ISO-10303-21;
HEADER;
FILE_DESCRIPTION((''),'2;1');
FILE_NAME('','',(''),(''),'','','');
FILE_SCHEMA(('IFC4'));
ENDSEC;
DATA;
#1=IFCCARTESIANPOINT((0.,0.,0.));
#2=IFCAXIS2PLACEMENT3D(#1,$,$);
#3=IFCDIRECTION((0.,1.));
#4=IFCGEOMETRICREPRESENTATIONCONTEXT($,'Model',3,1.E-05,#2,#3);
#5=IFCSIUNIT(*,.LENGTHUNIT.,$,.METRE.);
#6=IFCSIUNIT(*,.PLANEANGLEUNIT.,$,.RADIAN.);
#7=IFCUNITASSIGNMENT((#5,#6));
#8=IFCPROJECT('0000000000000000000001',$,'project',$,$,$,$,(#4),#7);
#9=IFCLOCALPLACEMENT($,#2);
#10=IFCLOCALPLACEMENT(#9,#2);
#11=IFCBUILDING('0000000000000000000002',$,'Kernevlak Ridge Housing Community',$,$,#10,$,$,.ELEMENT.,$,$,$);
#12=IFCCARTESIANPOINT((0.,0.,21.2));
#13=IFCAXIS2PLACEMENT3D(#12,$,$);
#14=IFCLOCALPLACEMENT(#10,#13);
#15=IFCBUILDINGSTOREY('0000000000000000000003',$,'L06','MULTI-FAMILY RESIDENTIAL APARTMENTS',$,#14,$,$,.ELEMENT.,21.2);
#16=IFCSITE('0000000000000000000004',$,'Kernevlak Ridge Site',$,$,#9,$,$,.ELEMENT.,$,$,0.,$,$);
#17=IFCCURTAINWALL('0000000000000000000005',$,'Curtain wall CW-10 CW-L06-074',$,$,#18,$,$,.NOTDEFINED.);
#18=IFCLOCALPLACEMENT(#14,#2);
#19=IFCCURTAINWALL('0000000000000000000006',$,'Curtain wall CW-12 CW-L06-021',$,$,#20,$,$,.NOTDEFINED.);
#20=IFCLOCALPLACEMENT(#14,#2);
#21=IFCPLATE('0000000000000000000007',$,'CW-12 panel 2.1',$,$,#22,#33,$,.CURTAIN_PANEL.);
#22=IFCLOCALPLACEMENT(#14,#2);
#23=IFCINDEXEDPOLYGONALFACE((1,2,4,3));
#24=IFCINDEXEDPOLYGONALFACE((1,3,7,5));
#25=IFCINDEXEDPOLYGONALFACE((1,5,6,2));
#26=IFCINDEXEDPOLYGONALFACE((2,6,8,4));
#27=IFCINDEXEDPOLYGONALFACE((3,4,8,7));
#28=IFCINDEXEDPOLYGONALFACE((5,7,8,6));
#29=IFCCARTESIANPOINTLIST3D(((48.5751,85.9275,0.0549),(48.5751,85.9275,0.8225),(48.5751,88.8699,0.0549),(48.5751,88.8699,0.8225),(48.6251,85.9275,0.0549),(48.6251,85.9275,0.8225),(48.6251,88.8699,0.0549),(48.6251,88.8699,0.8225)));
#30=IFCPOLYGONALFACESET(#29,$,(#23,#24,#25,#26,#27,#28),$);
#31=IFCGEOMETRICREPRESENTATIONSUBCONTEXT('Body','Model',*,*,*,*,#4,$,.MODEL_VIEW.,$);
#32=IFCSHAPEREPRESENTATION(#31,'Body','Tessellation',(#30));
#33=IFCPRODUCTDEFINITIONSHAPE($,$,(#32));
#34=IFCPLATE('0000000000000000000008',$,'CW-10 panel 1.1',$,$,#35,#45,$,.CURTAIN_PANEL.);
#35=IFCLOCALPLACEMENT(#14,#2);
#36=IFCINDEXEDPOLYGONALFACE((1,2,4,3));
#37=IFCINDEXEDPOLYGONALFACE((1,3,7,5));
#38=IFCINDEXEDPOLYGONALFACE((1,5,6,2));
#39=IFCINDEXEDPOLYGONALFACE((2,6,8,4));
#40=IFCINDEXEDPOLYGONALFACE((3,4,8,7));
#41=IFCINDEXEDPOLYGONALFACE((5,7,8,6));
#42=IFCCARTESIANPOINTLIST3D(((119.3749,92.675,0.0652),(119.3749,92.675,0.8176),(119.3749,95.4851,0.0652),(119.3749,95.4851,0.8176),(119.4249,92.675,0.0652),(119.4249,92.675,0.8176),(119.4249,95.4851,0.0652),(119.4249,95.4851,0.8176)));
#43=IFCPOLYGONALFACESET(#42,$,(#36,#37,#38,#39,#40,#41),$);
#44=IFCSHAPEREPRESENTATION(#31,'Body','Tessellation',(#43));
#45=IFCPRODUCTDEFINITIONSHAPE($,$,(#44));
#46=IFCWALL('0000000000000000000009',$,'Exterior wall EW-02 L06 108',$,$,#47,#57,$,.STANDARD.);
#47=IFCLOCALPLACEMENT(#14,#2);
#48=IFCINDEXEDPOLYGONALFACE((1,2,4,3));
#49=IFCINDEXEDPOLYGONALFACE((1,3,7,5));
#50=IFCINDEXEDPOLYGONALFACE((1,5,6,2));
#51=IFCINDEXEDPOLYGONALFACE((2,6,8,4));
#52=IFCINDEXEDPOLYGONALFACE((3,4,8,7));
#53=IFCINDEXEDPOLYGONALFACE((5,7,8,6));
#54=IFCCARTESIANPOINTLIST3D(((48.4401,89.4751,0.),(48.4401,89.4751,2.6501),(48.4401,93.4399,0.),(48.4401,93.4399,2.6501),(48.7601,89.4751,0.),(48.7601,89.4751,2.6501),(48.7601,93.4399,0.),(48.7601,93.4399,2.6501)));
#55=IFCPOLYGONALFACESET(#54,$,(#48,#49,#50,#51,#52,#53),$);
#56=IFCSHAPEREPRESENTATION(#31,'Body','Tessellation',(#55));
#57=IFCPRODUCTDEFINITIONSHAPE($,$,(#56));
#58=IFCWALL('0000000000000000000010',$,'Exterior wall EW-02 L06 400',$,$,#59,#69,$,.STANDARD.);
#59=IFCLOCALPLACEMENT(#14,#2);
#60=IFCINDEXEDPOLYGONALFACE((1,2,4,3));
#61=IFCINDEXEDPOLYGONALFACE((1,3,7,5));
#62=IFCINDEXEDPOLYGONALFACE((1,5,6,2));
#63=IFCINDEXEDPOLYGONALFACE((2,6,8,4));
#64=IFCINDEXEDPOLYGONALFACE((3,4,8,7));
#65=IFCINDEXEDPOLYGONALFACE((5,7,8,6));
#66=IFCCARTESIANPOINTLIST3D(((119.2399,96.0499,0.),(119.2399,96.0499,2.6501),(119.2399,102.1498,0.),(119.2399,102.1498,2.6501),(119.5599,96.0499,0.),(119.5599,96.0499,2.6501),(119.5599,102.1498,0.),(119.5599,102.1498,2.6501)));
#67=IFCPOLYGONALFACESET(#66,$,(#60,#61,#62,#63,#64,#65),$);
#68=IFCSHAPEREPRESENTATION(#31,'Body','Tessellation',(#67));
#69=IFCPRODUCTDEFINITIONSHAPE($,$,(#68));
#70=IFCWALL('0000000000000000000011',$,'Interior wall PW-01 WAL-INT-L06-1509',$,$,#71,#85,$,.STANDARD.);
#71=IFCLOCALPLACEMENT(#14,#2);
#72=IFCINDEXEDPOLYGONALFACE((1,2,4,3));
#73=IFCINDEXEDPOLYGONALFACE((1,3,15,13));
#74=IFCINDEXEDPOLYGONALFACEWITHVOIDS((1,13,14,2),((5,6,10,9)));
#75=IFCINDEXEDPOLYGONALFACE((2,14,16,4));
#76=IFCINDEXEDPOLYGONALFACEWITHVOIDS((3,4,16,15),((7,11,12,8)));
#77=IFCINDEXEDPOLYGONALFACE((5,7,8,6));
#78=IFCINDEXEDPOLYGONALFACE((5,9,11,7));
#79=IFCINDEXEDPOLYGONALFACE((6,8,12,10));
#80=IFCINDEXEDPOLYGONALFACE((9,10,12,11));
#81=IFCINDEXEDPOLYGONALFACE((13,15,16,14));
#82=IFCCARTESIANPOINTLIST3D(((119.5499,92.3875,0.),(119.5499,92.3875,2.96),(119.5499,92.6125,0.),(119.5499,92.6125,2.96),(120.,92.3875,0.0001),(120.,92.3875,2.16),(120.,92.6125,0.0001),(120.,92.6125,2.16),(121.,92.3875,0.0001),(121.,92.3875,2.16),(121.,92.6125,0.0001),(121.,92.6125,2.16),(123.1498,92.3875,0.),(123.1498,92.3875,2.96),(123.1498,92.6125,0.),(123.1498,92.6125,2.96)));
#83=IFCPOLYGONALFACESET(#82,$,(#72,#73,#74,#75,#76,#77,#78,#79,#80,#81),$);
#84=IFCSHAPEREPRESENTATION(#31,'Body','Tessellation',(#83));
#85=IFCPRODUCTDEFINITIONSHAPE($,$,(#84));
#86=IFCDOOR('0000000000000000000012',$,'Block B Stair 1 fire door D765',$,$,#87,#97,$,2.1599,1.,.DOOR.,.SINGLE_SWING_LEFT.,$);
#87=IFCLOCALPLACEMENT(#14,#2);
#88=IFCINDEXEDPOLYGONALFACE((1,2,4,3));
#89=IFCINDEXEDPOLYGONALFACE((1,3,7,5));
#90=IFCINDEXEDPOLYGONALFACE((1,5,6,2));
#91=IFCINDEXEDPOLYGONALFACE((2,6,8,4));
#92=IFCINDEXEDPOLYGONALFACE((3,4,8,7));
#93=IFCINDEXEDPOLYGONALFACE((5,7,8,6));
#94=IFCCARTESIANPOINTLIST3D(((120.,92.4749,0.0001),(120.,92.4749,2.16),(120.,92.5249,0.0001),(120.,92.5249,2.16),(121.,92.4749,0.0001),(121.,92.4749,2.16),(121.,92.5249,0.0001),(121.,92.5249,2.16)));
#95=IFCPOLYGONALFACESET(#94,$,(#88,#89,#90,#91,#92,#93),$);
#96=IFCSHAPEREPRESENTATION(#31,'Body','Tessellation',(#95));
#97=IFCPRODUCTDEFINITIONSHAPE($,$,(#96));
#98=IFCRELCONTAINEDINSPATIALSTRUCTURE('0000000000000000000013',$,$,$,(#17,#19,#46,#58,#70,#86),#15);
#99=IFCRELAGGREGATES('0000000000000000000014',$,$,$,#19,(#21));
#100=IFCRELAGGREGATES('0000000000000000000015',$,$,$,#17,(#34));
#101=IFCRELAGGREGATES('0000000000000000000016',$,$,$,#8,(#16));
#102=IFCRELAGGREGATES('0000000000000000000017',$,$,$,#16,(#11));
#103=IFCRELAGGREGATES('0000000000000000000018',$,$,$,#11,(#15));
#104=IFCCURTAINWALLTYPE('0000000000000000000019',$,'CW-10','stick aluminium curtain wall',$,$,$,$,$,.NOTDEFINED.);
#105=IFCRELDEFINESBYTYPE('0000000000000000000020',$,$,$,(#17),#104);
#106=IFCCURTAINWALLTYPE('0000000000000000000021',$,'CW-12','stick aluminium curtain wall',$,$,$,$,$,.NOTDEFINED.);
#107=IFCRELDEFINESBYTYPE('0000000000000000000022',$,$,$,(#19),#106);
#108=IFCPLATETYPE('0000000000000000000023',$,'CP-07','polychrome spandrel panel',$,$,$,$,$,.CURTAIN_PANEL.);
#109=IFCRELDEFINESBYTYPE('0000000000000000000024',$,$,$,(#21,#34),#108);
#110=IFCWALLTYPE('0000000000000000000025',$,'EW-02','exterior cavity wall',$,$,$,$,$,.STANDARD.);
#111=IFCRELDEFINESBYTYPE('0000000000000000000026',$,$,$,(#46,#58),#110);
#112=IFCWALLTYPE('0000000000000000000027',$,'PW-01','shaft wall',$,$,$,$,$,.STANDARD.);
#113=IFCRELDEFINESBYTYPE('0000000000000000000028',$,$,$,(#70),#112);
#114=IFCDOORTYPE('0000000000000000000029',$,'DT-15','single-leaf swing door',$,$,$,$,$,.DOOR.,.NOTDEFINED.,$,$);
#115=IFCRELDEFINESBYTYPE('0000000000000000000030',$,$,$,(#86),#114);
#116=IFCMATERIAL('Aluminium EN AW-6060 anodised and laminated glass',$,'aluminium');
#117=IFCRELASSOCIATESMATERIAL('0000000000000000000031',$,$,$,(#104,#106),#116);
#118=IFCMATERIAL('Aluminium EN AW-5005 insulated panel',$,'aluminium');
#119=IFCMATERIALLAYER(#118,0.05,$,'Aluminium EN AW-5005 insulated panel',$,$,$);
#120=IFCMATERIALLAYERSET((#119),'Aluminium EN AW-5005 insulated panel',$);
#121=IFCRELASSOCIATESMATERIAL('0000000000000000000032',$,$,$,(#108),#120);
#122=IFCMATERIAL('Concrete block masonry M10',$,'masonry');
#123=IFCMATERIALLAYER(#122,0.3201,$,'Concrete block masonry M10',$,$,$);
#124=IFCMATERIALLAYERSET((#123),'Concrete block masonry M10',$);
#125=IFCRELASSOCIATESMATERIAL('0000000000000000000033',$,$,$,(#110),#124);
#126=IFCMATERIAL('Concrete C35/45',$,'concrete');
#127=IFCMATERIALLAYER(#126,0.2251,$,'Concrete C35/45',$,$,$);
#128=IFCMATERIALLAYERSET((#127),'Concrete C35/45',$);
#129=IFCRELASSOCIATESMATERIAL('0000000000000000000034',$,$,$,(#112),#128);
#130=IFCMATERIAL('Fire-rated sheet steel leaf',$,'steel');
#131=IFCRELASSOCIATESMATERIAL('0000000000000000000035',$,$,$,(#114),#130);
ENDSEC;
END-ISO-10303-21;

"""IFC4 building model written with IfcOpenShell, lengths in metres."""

from ifc_helpers import new_model, si_unit, direction, frame, frame_2d, origin, origin_2d, place, context, subcontext, project, spatial, rectangle, extrude, material, layer, layer_set, type_object, element, fill, aggregate, save


model = new_model("IFC4")

# Units and contexts
model_context = context("Model", 3, precision=1e-05, world=origin(), true_north=direction((0.0, 1.0)))
body_context = subcontext(model_context, "Body", "Model", "MODEL_VIEW")
ifc_project = project(units=[si_unit("LENGTHUNIT", "METRE"), si_unit("PLANEANGLEUNIT", "RADIAN")], contexts=[model_context])

# Site, building, storey
site_placement = place(None, origin())
site = spatial("IfcSite", under=ifc_project, at=site_placement, Name="Kernevlak Ridge Site", CompositionType="ELEMENT", RefElevation=0.0)
building_placement = place(site_placement, origin())
building = spatial("IfcBuilding", under=site, at=building_placement, Name="Kernevlak Ridge Housing Community", CompositionType="ELEMENT")
storey_placement = place(building_placement, frame((0.0, 0.0, 21.2)))
storey = spatial("IfcBuildingStorey", under=building, at=storey_placement, Name="L06", Description="MULTI-FAMILY RESIDENTIAL APARTMENTS", CompositionType="ELEMENT", Elevation=21.2)

# Curtain wall
ifc_material_1 = material(Name="Aluminium EN AW-6060 anodised and laminated glass", Category="aluminium")
curtain_wall_type_1 = type_object("IfcCurtainWallType", Name="CW-10", Description="stick aluminium curtain wall", PredefinedType="NOTDEFINED", material=ifc_material_1)
curtain_wall_1_placement = place(storey_placement, origin())
curtain_wall_1 = element("IfcCurtainWall", 1, at=curtain_wall_1_placement, inside=storey, type_object=curtain_wall_type_1, Name="Curtain wall CW-10 CW-L06-074", PredefinedType="NOTDEFINED")

# Shared definitions
ifc_material_2 = material(Name="Concrete C35/45", Category="concrete")

# Curtain wall
curtain_wall_type_2 = type_object("IfcCurtainWallType", Name="CW-12", Description="stick aluminium curtain wall", PredefinedType="NOTDEFINED", material=ifc_material_1)
curtain_wall_2_placement = place(storey_placement, origin())
curtain_wall_2 = element("IfcCurtainWall", 2, at=curtain_wall_2_placement, inside=storey, type_object=curtain_wall_type_2, Name="Curtain wall CW-12 CW-L06-021", PredefinedType="NOTDEFINED")

# Plates
ifc_material_3 = material(Name="Aluminium EN AW-5005 insulated panel", Category="aluminium")
ifc_layer_1 = layer(ifc_material_3, 0.05, Name="Aluminium EN AW-5005 insulated panel")
ifc_layer_set_1 = layer_set([ifc_layer_1], Name="Aluminium EN AW-5005 insulated panel")
plate_type_1 = type_object("IfcPlateType", Name="CP-07", Description="polychrome spandrel panel", PredefinedType="CURTAIN_PANEL", material=ifc_layer_set_1)
plate_1_placement = place(storey_placement, frame((48.6001, 87.3987, 0.0549), z_axis=(0.0, 0.0, 1.0), x_axis=(0.0, 1.0, 0.0)))
plate_1 = element("IfcPlate", 3, at=plate_1_placement, type_object=plate_type_1, Name="CW-12 panel 2.1", PredefinedType="CURTAIN_PANEL", context=body_context, shape_type="SweptSolid", body=[
    extrude(rectangle(XDim=2.9424, YDim=0.05, at=origin_2d()), origin(), (0.0, 0.0, 1.0), 0.7676),
])
aggregate(curtain_wall_2, [plate_1])
plate_2_placement = place(storey_placement, frame((119.3999, 94.0801, 0.0652), z_axis=(0.0, 0.0, 1.0), x_axis=(0.0, 1.0, 0.0)))
plate_2 = element("IfcPlate", 4, at=plate_2_placement, type_object=plate_type_1, Name="CW-10 panel 1.1", PredefinedType="CURTAIN_PANEL", context=body_context, shape_type="SweptSolid", body=[
    extrude(rectangle(XDim=2.8101, YDim=0.05, at=origin_2d()), origin(), (0.0, 0.0, 1.0), 0.7524),
])
aggregate(curtain_wall_1, [plate_2])

# Walls
ifc_material_4 = material(Name="Concrete block masonry M10", Category="masonry")
ifc_layer_2 = layer(ifc_material_4, 0.3201, Name="Concrete block masonry M10")
ifc_layer_set_2 = layer_set([ifc_layer_2], Name="Concrete block masonry M10")
wall_type_1 = type_object("IfcWallType", Name="EW-02", Description="exterior cavity wall", PredefinedType="STANDARD", material=ifc_layer_set_2)
wall_1_placement = place(storey_placement, frame((48.6001, 89.4751, 0.0), z_axis=(0.0, 0.0, 1.0), x_axis=(0.0, 1.0, 0.0)))
element("IfcWall", 5, at=wall_1_placement, inside=storey, type_object=wall_type_1, Name="Exterior wall EW-02 L06 108", PredefinedType="STANDARD", context=body_context, shape_type="SweptSolid", body=[
    extrude(rectangle(XDim=3.9648, YDim=0.3201, at=frame_2d((1.9824, 0.0))), origin(), (0.0, 0.0, 1.0), 2.6501),
])
wall_2_placement = place(storey_placement, frame((119.3999, 96.05, 0.0), z_axis=(0.0, 0.0, 1.0), x_axis=(0.0, 1.0, 0.0)))
element("IfcWall", 6, at=wall_2_placement, inside=storey, type_object=wall_type_1, Name="Exterior wall EW-02 L06 400", PredefinedType="STANDARD", context=body_context, shape_type="SweptSolid", body=[
    extrude(rectangle(XDim=6.0999, YDim=0.3201, at=frame_2d((3.0498, 0.0))), origin(), (0.0, 0.0, 1.0), 2.6501),
])

# Wall, opening, door
ifc_layer_3 = layer(ifc_material_2, 0.2251, Name="Concrete C35/45")
ifc_layer_set_3 = layer_set([ifc_layer_3], Name="Concrete C35/45")
wall_type_2 = type_object("IfcWallType", Name="PW-01", Description="shaft wall", PredefinedType="STANDARD", material=ifc_layer_set_3)
wall_3_placement = place(storey_placement, frame((119.55, 92.5, 0.0), z_axis=(0.0, 0.0, 1.0), x_axis=(1.0, 0.0, 0.0)))
wall_3 = element("IfcWall", 7, at=wall_3_placement, inside=storey, type_object=wall_type_2, Name="Interior wall PW-01 WAL-INT-L06-1509", PredefinedType="STANDARD", context=body_context, shape_type="SweptSolid", body=[
    extrude(rectangle(XDim=3.5999, YDim=0.2251, at=frame_2d((1.7998, 0.0))), origin(), (0.0, 0.0, 1.0), 2.96),
])
opening_placement = place(wall_3_placement, frame((0.45, 0.0, 0.0)))
opening = element("IfcOpeningElement", 8, at=opening_placement, cuts=wall_3, PredefinedType="OPENING", context=body_context, shape_type="SweptSolid", body=[
    extrude(rectangle(XDim=1.0, YDim=2.1599, at=frame_2d((0.5, 1.0801))), frame((0.0, 0.1226, 0.0), z_axis=(0.0, -1.0, 0.0), x_axis=(1.0, 0.0, 0.0)), (0.0, 0.0, 1.0), 0.2451),
])
ifc_material_5 = material(Name="Fire-rated sheet steel leaf", Category="steel")
door_type = type_object("IfcDoorType", Name="DT-15", Description="single-leaf swing door", OperationType="NOTDEFINED", PredefinedType="DOOR", material=ifc_material_5)
door_placement = place(opening_placement, origin())
door = element("IfcDoor", 9, at=door_placement, inside=storey, type_object=door_type, Name="Block B Stair 1 fire door D765", OperationType="SINGLE_SWING_LEFT", OverallHeight=2.1599, OverallWidth=1.0, PredefinedType="DOOR", context=body_context, shape_type="SweptSolid", body=[
    extrude(rectangle(XDim=1.0, YDim=2.1599, at=frame_2d((0.5, 1.0801))), frame((0.0, 0.0249, 0.0), z_axis=(0.0, -1.0, 0.0), x_axis=(1.0, 0.0, 0.0)), (0.0, 0.0, 1.0), 0.05),
])
fill(opening, door)

save(model, "model.ifc")
